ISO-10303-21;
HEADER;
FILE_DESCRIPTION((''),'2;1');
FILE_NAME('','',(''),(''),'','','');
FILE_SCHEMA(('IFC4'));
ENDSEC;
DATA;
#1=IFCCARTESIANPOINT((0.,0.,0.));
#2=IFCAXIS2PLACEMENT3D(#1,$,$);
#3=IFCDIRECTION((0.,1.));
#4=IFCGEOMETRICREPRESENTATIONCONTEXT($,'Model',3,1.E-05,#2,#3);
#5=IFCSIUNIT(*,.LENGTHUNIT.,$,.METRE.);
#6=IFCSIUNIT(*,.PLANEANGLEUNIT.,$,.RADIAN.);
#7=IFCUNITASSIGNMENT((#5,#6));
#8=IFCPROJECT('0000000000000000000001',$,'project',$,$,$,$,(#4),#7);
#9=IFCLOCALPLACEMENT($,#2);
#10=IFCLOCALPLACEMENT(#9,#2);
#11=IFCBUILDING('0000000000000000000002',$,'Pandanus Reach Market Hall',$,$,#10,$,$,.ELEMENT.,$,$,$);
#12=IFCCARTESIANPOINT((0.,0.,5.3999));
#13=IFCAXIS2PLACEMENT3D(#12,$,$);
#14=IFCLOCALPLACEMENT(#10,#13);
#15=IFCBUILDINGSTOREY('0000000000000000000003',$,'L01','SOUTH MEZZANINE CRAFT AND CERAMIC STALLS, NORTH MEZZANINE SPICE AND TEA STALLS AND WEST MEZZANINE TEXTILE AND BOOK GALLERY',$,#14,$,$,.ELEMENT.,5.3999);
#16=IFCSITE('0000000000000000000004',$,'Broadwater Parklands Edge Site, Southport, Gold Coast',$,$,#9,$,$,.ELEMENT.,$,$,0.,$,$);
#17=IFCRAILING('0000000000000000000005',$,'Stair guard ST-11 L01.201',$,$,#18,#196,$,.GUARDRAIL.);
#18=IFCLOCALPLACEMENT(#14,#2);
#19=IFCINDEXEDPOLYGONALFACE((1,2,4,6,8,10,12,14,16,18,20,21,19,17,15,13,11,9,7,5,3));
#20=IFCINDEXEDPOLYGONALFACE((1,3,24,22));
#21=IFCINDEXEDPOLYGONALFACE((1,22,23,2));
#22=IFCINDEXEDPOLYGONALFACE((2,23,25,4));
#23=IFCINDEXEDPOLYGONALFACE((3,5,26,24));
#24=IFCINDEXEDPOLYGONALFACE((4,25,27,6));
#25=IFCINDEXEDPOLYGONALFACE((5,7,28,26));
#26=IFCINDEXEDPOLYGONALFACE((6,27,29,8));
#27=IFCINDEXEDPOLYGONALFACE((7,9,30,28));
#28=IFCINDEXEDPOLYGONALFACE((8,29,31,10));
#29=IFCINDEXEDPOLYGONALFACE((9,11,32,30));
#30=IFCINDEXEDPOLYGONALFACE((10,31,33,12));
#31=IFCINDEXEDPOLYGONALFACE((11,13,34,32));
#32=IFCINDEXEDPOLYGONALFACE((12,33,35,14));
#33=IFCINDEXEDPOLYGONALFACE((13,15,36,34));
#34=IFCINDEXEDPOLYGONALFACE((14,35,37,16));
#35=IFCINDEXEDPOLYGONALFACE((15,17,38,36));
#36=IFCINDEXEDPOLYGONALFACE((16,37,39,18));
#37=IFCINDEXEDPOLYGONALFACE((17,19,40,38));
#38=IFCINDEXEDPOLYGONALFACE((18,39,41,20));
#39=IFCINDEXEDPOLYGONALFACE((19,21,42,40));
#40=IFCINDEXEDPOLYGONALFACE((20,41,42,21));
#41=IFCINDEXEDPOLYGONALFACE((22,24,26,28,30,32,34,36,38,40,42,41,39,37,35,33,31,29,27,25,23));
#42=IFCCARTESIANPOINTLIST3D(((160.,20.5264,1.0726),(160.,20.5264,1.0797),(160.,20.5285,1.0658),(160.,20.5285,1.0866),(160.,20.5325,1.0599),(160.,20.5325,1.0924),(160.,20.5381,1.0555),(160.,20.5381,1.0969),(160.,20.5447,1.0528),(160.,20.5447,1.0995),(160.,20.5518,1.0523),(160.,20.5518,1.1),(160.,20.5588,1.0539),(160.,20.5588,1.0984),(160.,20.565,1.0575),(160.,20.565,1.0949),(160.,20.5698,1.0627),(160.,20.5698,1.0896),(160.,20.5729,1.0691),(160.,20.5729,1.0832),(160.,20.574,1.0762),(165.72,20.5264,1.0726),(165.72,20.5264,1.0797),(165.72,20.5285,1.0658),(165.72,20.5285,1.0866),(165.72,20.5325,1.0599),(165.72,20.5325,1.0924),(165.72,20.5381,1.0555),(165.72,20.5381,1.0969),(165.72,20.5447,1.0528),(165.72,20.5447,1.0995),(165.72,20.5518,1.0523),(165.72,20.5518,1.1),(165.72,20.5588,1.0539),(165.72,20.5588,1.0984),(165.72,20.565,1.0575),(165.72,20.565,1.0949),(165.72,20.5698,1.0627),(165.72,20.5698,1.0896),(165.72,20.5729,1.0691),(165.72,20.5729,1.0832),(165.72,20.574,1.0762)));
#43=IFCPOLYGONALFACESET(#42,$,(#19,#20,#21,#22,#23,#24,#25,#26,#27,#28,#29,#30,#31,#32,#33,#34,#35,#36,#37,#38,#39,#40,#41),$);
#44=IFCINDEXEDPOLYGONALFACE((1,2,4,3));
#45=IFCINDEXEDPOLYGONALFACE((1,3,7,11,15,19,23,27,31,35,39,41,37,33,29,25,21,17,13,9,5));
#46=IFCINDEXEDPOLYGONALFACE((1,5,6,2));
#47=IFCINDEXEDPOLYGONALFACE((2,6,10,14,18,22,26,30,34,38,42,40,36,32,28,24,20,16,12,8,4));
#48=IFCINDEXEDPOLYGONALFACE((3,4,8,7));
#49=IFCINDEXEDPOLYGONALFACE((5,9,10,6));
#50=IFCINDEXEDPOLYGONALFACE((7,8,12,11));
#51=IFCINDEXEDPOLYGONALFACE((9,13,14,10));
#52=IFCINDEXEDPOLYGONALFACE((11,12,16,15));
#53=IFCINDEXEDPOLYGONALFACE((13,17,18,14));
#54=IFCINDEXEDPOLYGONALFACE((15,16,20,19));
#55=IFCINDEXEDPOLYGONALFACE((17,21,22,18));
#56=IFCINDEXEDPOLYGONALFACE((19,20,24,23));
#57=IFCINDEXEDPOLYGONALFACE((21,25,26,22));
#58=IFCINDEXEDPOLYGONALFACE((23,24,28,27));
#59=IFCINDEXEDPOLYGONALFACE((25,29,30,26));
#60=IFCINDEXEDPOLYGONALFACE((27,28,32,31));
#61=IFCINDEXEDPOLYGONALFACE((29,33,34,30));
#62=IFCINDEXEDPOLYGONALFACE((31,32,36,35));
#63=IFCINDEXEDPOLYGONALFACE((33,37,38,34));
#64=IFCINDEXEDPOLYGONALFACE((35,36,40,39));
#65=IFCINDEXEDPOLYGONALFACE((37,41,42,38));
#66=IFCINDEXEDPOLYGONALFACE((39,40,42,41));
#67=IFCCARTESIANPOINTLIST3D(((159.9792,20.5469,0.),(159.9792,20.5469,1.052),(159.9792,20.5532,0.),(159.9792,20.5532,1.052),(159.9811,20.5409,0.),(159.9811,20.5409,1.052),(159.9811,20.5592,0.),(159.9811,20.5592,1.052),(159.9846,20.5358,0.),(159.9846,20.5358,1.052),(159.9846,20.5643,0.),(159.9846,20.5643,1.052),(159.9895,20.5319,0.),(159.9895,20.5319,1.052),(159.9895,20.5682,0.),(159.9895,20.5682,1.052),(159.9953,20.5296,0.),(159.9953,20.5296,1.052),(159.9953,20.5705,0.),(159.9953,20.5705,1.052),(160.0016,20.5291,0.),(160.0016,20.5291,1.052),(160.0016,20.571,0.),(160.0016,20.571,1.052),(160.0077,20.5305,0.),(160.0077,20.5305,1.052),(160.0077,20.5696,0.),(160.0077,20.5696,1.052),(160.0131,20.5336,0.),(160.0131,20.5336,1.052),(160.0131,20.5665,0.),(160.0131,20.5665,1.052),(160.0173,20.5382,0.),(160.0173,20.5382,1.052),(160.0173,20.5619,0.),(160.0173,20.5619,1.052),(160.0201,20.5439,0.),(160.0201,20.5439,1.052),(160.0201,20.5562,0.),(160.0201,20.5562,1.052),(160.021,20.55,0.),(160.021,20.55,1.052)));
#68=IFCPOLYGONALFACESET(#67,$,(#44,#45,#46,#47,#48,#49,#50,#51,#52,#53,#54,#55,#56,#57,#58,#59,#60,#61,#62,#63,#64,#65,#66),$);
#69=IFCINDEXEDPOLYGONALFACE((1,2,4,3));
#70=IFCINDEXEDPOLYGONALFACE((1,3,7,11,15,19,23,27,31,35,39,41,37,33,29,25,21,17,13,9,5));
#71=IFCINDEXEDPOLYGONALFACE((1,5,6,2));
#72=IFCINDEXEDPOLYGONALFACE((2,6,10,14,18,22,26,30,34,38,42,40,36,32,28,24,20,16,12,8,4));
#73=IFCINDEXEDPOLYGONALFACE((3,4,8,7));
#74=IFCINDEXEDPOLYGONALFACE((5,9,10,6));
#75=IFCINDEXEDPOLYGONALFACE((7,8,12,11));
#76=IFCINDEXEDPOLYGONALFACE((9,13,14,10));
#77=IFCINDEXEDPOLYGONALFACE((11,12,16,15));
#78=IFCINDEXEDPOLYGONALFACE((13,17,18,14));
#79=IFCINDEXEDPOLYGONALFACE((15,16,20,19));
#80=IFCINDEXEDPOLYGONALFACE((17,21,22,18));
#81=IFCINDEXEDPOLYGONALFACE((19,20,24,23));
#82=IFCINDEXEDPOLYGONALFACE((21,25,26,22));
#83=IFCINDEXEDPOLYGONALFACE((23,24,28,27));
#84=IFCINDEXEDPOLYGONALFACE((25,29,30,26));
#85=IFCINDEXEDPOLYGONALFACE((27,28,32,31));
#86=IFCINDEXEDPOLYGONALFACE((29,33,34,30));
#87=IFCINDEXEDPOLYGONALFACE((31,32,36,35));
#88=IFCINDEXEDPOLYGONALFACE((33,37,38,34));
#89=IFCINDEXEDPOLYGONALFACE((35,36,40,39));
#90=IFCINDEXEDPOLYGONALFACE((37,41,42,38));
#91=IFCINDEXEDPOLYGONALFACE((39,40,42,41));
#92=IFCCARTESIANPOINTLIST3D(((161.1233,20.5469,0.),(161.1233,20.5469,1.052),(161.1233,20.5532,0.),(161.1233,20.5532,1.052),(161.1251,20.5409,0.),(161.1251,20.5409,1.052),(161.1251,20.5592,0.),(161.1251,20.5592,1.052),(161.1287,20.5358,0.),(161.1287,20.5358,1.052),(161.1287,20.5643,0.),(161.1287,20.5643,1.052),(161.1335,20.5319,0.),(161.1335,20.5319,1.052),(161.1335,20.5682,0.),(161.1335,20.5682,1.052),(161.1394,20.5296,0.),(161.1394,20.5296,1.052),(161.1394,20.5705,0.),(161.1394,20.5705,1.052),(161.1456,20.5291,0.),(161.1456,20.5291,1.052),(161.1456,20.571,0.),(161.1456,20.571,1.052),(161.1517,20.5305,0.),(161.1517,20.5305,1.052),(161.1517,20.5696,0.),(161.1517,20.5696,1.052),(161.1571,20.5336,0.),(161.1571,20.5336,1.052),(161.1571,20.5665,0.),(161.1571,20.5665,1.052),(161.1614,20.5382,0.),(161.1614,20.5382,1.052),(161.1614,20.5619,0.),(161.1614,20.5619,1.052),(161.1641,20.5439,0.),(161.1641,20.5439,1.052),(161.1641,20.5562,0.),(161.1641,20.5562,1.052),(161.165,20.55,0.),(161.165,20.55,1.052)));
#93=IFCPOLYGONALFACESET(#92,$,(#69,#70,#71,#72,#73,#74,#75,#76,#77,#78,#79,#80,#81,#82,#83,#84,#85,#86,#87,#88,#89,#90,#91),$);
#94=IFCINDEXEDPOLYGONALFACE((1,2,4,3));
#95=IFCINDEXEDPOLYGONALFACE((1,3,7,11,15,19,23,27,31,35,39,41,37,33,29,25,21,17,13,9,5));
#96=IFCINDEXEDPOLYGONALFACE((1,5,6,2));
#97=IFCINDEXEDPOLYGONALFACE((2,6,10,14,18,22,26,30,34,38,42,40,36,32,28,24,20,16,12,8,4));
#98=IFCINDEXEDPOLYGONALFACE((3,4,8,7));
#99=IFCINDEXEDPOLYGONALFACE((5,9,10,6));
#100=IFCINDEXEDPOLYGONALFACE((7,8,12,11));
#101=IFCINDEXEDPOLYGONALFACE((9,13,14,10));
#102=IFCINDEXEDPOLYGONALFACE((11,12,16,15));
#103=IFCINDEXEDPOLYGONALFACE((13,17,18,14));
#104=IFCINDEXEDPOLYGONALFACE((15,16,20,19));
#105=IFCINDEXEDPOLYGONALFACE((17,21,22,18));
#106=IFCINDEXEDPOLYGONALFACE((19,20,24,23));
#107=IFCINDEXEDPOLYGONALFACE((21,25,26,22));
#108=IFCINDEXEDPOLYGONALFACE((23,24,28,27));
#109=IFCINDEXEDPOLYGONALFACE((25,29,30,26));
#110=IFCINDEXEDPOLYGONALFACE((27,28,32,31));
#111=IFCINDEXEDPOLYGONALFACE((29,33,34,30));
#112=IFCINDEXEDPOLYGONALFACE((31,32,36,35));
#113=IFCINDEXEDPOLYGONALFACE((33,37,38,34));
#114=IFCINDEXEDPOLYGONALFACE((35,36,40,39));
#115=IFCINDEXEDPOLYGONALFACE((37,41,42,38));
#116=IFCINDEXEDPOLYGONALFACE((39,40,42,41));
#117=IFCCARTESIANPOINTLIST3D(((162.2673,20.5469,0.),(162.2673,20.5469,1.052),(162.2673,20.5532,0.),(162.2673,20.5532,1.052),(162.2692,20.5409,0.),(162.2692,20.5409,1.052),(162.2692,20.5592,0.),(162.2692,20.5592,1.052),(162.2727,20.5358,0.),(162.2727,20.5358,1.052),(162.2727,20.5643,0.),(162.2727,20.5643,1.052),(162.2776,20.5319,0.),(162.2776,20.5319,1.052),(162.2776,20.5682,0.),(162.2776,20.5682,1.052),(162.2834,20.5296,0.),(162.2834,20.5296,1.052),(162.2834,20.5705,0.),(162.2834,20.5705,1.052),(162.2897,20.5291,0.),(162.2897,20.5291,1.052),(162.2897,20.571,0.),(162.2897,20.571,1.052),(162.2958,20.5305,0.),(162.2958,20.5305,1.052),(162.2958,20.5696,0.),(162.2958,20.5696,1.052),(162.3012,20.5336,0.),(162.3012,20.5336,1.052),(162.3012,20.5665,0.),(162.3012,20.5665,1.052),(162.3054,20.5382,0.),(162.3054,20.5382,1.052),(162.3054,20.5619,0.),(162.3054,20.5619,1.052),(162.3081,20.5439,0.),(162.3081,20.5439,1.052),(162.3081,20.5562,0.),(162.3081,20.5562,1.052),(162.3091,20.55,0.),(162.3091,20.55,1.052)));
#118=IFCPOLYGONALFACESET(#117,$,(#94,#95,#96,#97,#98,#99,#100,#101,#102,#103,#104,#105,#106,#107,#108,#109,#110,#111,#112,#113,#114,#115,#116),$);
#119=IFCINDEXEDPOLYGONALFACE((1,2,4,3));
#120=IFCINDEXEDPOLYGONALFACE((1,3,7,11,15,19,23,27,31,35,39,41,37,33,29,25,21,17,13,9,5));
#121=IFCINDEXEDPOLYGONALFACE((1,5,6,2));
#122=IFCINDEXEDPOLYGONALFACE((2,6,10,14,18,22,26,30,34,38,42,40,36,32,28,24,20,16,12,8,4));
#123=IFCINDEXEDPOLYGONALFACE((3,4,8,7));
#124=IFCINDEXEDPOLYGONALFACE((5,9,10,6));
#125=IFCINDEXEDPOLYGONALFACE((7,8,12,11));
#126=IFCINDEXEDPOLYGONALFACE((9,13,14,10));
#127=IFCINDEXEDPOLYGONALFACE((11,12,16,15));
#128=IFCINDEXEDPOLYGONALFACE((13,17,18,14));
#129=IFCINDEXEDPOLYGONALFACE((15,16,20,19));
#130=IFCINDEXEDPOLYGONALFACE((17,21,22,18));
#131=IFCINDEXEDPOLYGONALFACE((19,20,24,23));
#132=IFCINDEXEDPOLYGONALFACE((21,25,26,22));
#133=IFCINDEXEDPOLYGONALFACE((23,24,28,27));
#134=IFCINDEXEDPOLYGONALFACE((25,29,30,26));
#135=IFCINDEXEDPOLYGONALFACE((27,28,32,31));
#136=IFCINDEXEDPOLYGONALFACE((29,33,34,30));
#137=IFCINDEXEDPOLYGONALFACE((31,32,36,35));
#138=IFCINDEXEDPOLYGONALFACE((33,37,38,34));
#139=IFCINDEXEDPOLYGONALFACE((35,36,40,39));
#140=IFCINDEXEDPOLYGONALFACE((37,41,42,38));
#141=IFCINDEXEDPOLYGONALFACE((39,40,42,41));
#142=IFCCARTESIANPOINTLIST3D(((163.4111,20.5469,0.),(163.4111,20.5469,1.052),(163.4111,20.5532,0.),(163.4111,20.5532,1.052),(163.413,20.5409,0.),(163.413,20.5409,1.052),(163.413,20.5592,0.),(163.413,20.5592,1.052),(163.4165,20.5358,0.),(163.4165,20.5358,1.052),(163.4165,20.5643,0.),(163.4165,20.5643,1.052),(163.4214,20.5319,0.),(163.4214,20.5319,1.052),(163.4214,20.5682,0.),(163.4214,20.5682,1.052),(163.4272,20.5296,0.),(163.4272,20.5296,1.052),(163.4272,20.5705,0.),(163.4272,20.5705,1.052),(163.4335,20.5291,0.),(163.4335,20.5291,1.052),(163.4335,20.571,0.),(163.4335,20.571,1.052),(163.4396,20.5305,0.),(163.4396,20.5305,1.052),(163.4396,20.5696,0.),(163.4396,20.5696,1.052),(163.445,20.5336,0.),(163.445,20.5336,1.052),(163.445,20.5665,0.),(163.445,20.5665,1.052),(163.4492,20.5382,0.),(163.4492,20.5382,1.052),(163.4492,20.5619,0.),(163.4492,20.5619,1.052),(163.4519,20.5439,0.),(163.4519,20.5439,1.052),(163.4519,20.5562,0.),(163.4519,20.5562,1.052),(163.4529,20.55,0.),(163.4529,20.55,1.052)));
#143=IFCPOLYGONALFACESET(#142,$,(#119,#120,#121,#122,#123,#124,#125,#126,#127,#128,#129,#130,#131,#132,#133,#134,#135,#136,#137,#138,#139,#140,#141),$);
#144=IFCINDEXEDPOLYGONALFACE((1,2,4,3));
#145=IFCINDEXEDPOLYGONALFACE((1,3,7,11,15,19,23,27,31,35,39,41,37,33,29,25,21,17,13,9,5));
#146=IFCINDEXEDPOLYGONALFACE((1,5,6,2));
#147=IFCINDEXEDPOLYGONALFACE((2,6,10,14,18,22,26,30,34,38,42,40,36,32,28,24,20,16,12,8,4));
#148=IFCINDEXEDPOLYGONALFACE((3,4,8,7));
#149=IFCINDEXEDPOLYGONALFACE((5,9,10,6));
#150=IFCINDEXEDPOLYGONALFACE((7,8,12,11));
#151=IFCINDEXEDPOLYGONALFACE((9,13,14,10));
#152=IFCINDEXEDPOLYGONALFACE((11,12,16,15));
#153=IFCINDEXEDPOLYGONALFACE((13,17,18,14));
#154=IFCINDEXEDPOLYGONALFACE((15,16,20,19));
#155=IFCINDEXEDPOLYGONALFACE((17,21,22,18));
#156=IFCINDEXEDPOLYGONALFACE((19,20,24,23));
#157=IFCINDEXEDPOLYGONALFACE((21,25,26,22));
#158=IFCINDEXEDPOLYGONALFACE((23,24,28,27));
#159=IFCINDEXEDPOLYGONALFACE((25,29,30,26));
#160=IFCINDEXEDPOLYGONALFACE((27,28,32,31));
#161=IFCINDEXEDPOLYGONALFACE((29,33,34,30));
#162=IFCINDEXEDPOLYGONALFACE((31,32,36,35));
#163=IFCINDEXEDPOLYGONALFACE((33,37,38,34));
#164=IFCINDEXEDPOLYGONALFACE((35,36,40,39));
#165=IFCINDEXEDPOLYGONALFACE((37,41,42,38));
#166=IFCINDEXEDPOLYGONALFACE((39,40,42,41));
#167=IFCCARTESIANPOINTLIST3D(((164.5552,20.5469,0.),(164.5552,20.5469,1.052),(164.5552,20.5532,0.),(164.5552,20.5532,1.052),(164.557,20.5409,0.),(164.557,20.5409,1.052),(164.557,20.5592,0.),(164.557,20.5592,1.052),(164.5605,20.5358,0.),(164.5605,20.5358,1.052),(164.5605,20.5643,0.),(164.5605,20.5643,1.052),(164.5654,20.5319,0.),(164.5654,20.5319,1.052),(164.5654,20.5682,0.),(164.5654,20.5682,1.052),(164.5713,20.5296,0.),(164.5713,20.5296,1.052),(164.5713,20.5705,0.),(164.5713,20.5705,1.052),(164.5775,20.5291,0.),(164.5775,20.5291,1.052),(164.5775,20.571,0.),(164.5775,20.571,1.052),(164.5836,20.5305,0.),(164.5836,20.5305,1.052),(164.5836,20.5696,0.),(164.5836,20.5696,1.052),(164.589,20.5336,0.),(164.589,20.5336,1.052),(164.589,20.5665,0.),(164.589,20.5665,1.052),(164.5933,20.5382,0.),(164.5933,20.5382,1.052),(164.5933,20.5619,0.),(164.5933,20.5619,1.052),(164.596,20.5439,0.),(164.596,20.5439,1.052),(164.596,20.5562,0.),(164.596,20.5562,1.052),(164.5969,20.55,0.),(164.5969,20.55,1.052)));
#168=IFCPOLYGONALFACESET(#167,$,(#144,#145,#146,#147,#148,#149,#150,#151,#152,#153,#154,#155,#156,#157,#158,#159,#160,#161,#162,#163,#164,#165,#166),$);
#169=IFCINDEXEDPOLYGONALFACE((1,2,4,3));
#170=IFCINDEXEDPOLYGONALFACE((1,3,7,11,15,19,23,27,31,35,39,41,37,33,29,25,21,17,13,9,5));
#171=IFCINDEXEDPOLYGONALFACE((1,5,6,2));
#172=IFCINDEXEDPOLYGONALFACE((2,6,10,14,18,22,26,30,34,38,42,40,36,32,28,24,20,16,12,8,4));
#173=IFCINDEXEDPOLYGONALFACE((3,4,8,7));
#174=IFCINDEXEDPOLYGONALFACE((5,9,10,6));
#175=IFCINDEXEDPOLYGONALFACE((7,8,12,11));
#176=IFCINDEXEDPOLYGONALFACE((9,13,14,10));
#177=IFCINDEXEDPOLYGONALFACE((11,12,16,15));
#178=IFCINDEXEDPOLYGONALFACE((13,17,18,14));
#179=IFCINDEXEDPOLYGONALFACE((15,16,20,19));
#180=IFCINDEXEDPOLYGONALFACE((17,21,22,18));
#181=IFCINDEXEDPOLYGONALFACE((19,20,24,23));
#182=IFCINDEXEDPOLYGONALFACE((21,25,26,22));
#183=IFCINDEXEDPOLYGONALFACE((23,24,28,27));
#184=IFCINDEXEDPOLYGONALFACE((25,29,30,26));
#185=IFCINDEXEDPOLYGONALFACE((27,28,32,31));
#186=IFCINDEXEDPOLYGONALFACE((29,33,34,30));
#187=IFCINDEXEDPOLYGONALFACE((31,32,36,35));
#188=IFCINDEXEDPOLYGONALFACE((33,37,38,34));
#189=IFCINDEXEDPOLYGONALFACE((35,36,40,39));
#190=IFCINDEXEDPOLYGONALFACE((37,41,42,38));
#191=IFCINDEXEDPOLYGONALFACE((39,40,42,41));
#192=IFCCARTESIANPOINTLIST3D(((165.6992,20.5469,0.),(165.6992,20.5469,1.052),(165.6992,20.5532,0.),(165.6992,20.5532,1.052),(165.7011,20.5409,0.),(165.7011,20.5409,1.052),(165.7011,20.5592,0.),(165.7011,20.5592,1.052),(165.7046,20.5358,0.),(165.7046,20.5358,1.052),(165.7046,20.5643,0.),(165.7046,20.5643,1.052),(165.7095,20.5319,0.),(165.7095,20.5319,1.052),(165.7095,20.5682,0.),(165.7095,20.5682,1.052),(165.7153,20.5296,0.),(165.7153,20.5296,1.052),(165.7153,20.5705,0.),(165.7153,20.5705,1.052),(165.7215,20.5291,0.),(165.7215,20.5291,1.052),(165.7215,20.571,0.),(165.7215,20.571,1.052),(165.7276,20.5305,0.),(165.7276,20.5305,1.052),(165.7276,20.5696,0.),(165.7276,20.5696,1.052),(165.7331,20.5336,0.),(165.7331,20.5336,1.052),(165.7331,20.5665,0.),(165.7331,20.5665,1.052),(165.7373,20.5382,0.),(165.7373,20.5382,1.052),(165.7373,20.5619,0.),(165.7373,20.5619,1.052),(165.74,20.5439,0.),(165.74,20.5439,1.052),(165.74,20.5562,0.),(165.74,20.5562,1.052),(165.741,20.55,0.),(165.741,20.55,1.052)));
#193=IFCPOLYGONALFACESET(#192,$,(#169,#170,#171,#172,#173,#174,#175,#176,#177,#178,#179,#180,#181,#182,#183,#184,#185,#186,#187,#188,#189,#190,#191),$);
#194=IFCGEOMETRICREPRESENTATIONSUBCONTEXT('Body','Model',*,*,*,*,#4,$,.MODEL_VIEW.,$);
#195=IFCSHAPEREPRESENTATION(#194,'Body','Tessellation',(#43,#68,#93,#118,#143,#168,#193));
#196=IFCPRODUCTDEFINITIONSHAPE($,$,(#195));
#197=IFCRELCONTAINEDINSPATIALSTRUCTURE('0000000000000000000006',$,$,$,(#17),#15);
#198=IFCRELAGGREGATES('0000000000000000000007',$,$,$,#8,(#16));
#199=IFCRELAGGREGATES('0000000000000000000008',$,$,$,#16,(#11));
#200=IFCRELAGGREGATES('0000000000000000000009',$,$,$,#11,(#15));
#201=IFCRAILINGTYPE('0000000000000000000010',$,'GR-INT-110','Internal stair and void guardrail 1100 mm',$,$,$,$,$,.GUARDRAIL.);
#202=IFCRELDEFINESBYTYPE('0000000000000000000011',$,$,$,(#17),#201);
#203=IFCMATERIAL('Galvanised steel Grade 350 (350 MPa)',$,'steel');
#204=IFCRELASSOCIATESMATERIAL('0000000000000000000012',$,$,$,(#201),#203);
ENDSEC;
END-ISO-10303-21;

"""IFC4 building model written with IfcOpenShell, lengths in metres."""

from ifc_helpers import new_model, si_unit, direction, frame, origin, origin_2d, place, context, subcontext, project, spatial, circle, extrude, material, type_object, element, save


model = new_model("IFC4")

# Units and contexts
model_context = context("Model", 3, precision=1e-05, world=origin(), true_north=direction((0.0, 1.0)))
body_context = subcontext(model_context, "Body", "Model", "MODEL_VIEW")
ifc_project = project(units=[si_unit("LENGTHUNIT", "METRE"), si_unit("PLANEANGLEUNIT", "RADIAN")], contexts=[model_context])

# Site, building, storey
site_placement = place(None, origin())
site = spatial("IfcSite", under=ifc_project, at=site_placement, Name="Broadwater Parklands Edge Site, Southport, Gold Coast", CompositionType="ELEMENT", RefElevation=0.0)
building_placement = place(site_placement, origin())
building = spatial("IfcBuilding", under=site, at=building_placement, Name="Pandanus Reach Market Hall", CompositionType="ELEMENT")
storey_placement = place(building_placement, frame((0.0, 0.0, 5.3999)))
storey = spatial("IfcBuildingStorey", under=building, at=storey_placement, Name="L01", Description="SOUTH MEZZANINE CRAFT AND CERAMIC STALLS, NORTH MEZZANINE SPICE AND TEA STALLS AND WEST MEZZANINE TEXTILE AND BOOK GALLERY", CompositionType="ELEMENT", Elevation=5.3999)

# Railing
ifc_material_1 = material(Name="Galvanised steel Grade 350 (350 MPa)", Category="steel")
railing_type_1 = type_object("IfcRailingType", Name="GR-INT-110", Description="Internal stair and void guardrail 1100 mm", PredefinedType="GUARDRAIL", material=ifc_material_1)
railing_1_placement = place(storey_placement, frame((160.0, 20.55, 0.0)))
element("IfcRailing", 1, at=railing_1_placement, inside=storey, type_object=railing_type_1, Name="Stair guard ST-11 L01.201", PredefinedType="GUARDRAIL", context=body_context, shape_type="SweptSolid", body=[
    extrude(circle(Radius=0.0239, at=origin_2d()), frame((0.0, 0.0, 1.0762), z_axis=(1.0, 0.0, 0.0), x_axis=(0.0, 1.0, 0.0)), (0.0, 0.0, 1.0), 5.72),
    extrude(circle(Radius=0.021, at=origin_2d()), origin(), (0.0, 0.0, 1.0), 1.052),
    extrude(circle(Radius=0.021, at=origin_2d()), frame((1.144, 0.0, 0.0)), (0.0, 0.0, 1.0), 1.052),
    extrude(circle(Radius=0.021, at=origin_2d()), frame((2.2881, 0.0, 0.0)), (0.0, 0.0, 1.0), 1.052),
    extrude(circle(Radius=0.021, at=origin_2d()), frame((3.4319, 0.0, 0.0)), (0.0, 0.0, 1.0), 1.052),
    extrude(circle(Radius=0.021, at=origin_2d()), frame((4.5759, 0.0, 0.0)), (0.0, 0.0, 1.0), 1.052),
    extrude(circle(Radius=0.021, at=origin_2d()), frame((5.72, 0.0, 0.0)), (0.0, 0.0, 1.0), 1.052),
])

save(model, "model.ifc")
